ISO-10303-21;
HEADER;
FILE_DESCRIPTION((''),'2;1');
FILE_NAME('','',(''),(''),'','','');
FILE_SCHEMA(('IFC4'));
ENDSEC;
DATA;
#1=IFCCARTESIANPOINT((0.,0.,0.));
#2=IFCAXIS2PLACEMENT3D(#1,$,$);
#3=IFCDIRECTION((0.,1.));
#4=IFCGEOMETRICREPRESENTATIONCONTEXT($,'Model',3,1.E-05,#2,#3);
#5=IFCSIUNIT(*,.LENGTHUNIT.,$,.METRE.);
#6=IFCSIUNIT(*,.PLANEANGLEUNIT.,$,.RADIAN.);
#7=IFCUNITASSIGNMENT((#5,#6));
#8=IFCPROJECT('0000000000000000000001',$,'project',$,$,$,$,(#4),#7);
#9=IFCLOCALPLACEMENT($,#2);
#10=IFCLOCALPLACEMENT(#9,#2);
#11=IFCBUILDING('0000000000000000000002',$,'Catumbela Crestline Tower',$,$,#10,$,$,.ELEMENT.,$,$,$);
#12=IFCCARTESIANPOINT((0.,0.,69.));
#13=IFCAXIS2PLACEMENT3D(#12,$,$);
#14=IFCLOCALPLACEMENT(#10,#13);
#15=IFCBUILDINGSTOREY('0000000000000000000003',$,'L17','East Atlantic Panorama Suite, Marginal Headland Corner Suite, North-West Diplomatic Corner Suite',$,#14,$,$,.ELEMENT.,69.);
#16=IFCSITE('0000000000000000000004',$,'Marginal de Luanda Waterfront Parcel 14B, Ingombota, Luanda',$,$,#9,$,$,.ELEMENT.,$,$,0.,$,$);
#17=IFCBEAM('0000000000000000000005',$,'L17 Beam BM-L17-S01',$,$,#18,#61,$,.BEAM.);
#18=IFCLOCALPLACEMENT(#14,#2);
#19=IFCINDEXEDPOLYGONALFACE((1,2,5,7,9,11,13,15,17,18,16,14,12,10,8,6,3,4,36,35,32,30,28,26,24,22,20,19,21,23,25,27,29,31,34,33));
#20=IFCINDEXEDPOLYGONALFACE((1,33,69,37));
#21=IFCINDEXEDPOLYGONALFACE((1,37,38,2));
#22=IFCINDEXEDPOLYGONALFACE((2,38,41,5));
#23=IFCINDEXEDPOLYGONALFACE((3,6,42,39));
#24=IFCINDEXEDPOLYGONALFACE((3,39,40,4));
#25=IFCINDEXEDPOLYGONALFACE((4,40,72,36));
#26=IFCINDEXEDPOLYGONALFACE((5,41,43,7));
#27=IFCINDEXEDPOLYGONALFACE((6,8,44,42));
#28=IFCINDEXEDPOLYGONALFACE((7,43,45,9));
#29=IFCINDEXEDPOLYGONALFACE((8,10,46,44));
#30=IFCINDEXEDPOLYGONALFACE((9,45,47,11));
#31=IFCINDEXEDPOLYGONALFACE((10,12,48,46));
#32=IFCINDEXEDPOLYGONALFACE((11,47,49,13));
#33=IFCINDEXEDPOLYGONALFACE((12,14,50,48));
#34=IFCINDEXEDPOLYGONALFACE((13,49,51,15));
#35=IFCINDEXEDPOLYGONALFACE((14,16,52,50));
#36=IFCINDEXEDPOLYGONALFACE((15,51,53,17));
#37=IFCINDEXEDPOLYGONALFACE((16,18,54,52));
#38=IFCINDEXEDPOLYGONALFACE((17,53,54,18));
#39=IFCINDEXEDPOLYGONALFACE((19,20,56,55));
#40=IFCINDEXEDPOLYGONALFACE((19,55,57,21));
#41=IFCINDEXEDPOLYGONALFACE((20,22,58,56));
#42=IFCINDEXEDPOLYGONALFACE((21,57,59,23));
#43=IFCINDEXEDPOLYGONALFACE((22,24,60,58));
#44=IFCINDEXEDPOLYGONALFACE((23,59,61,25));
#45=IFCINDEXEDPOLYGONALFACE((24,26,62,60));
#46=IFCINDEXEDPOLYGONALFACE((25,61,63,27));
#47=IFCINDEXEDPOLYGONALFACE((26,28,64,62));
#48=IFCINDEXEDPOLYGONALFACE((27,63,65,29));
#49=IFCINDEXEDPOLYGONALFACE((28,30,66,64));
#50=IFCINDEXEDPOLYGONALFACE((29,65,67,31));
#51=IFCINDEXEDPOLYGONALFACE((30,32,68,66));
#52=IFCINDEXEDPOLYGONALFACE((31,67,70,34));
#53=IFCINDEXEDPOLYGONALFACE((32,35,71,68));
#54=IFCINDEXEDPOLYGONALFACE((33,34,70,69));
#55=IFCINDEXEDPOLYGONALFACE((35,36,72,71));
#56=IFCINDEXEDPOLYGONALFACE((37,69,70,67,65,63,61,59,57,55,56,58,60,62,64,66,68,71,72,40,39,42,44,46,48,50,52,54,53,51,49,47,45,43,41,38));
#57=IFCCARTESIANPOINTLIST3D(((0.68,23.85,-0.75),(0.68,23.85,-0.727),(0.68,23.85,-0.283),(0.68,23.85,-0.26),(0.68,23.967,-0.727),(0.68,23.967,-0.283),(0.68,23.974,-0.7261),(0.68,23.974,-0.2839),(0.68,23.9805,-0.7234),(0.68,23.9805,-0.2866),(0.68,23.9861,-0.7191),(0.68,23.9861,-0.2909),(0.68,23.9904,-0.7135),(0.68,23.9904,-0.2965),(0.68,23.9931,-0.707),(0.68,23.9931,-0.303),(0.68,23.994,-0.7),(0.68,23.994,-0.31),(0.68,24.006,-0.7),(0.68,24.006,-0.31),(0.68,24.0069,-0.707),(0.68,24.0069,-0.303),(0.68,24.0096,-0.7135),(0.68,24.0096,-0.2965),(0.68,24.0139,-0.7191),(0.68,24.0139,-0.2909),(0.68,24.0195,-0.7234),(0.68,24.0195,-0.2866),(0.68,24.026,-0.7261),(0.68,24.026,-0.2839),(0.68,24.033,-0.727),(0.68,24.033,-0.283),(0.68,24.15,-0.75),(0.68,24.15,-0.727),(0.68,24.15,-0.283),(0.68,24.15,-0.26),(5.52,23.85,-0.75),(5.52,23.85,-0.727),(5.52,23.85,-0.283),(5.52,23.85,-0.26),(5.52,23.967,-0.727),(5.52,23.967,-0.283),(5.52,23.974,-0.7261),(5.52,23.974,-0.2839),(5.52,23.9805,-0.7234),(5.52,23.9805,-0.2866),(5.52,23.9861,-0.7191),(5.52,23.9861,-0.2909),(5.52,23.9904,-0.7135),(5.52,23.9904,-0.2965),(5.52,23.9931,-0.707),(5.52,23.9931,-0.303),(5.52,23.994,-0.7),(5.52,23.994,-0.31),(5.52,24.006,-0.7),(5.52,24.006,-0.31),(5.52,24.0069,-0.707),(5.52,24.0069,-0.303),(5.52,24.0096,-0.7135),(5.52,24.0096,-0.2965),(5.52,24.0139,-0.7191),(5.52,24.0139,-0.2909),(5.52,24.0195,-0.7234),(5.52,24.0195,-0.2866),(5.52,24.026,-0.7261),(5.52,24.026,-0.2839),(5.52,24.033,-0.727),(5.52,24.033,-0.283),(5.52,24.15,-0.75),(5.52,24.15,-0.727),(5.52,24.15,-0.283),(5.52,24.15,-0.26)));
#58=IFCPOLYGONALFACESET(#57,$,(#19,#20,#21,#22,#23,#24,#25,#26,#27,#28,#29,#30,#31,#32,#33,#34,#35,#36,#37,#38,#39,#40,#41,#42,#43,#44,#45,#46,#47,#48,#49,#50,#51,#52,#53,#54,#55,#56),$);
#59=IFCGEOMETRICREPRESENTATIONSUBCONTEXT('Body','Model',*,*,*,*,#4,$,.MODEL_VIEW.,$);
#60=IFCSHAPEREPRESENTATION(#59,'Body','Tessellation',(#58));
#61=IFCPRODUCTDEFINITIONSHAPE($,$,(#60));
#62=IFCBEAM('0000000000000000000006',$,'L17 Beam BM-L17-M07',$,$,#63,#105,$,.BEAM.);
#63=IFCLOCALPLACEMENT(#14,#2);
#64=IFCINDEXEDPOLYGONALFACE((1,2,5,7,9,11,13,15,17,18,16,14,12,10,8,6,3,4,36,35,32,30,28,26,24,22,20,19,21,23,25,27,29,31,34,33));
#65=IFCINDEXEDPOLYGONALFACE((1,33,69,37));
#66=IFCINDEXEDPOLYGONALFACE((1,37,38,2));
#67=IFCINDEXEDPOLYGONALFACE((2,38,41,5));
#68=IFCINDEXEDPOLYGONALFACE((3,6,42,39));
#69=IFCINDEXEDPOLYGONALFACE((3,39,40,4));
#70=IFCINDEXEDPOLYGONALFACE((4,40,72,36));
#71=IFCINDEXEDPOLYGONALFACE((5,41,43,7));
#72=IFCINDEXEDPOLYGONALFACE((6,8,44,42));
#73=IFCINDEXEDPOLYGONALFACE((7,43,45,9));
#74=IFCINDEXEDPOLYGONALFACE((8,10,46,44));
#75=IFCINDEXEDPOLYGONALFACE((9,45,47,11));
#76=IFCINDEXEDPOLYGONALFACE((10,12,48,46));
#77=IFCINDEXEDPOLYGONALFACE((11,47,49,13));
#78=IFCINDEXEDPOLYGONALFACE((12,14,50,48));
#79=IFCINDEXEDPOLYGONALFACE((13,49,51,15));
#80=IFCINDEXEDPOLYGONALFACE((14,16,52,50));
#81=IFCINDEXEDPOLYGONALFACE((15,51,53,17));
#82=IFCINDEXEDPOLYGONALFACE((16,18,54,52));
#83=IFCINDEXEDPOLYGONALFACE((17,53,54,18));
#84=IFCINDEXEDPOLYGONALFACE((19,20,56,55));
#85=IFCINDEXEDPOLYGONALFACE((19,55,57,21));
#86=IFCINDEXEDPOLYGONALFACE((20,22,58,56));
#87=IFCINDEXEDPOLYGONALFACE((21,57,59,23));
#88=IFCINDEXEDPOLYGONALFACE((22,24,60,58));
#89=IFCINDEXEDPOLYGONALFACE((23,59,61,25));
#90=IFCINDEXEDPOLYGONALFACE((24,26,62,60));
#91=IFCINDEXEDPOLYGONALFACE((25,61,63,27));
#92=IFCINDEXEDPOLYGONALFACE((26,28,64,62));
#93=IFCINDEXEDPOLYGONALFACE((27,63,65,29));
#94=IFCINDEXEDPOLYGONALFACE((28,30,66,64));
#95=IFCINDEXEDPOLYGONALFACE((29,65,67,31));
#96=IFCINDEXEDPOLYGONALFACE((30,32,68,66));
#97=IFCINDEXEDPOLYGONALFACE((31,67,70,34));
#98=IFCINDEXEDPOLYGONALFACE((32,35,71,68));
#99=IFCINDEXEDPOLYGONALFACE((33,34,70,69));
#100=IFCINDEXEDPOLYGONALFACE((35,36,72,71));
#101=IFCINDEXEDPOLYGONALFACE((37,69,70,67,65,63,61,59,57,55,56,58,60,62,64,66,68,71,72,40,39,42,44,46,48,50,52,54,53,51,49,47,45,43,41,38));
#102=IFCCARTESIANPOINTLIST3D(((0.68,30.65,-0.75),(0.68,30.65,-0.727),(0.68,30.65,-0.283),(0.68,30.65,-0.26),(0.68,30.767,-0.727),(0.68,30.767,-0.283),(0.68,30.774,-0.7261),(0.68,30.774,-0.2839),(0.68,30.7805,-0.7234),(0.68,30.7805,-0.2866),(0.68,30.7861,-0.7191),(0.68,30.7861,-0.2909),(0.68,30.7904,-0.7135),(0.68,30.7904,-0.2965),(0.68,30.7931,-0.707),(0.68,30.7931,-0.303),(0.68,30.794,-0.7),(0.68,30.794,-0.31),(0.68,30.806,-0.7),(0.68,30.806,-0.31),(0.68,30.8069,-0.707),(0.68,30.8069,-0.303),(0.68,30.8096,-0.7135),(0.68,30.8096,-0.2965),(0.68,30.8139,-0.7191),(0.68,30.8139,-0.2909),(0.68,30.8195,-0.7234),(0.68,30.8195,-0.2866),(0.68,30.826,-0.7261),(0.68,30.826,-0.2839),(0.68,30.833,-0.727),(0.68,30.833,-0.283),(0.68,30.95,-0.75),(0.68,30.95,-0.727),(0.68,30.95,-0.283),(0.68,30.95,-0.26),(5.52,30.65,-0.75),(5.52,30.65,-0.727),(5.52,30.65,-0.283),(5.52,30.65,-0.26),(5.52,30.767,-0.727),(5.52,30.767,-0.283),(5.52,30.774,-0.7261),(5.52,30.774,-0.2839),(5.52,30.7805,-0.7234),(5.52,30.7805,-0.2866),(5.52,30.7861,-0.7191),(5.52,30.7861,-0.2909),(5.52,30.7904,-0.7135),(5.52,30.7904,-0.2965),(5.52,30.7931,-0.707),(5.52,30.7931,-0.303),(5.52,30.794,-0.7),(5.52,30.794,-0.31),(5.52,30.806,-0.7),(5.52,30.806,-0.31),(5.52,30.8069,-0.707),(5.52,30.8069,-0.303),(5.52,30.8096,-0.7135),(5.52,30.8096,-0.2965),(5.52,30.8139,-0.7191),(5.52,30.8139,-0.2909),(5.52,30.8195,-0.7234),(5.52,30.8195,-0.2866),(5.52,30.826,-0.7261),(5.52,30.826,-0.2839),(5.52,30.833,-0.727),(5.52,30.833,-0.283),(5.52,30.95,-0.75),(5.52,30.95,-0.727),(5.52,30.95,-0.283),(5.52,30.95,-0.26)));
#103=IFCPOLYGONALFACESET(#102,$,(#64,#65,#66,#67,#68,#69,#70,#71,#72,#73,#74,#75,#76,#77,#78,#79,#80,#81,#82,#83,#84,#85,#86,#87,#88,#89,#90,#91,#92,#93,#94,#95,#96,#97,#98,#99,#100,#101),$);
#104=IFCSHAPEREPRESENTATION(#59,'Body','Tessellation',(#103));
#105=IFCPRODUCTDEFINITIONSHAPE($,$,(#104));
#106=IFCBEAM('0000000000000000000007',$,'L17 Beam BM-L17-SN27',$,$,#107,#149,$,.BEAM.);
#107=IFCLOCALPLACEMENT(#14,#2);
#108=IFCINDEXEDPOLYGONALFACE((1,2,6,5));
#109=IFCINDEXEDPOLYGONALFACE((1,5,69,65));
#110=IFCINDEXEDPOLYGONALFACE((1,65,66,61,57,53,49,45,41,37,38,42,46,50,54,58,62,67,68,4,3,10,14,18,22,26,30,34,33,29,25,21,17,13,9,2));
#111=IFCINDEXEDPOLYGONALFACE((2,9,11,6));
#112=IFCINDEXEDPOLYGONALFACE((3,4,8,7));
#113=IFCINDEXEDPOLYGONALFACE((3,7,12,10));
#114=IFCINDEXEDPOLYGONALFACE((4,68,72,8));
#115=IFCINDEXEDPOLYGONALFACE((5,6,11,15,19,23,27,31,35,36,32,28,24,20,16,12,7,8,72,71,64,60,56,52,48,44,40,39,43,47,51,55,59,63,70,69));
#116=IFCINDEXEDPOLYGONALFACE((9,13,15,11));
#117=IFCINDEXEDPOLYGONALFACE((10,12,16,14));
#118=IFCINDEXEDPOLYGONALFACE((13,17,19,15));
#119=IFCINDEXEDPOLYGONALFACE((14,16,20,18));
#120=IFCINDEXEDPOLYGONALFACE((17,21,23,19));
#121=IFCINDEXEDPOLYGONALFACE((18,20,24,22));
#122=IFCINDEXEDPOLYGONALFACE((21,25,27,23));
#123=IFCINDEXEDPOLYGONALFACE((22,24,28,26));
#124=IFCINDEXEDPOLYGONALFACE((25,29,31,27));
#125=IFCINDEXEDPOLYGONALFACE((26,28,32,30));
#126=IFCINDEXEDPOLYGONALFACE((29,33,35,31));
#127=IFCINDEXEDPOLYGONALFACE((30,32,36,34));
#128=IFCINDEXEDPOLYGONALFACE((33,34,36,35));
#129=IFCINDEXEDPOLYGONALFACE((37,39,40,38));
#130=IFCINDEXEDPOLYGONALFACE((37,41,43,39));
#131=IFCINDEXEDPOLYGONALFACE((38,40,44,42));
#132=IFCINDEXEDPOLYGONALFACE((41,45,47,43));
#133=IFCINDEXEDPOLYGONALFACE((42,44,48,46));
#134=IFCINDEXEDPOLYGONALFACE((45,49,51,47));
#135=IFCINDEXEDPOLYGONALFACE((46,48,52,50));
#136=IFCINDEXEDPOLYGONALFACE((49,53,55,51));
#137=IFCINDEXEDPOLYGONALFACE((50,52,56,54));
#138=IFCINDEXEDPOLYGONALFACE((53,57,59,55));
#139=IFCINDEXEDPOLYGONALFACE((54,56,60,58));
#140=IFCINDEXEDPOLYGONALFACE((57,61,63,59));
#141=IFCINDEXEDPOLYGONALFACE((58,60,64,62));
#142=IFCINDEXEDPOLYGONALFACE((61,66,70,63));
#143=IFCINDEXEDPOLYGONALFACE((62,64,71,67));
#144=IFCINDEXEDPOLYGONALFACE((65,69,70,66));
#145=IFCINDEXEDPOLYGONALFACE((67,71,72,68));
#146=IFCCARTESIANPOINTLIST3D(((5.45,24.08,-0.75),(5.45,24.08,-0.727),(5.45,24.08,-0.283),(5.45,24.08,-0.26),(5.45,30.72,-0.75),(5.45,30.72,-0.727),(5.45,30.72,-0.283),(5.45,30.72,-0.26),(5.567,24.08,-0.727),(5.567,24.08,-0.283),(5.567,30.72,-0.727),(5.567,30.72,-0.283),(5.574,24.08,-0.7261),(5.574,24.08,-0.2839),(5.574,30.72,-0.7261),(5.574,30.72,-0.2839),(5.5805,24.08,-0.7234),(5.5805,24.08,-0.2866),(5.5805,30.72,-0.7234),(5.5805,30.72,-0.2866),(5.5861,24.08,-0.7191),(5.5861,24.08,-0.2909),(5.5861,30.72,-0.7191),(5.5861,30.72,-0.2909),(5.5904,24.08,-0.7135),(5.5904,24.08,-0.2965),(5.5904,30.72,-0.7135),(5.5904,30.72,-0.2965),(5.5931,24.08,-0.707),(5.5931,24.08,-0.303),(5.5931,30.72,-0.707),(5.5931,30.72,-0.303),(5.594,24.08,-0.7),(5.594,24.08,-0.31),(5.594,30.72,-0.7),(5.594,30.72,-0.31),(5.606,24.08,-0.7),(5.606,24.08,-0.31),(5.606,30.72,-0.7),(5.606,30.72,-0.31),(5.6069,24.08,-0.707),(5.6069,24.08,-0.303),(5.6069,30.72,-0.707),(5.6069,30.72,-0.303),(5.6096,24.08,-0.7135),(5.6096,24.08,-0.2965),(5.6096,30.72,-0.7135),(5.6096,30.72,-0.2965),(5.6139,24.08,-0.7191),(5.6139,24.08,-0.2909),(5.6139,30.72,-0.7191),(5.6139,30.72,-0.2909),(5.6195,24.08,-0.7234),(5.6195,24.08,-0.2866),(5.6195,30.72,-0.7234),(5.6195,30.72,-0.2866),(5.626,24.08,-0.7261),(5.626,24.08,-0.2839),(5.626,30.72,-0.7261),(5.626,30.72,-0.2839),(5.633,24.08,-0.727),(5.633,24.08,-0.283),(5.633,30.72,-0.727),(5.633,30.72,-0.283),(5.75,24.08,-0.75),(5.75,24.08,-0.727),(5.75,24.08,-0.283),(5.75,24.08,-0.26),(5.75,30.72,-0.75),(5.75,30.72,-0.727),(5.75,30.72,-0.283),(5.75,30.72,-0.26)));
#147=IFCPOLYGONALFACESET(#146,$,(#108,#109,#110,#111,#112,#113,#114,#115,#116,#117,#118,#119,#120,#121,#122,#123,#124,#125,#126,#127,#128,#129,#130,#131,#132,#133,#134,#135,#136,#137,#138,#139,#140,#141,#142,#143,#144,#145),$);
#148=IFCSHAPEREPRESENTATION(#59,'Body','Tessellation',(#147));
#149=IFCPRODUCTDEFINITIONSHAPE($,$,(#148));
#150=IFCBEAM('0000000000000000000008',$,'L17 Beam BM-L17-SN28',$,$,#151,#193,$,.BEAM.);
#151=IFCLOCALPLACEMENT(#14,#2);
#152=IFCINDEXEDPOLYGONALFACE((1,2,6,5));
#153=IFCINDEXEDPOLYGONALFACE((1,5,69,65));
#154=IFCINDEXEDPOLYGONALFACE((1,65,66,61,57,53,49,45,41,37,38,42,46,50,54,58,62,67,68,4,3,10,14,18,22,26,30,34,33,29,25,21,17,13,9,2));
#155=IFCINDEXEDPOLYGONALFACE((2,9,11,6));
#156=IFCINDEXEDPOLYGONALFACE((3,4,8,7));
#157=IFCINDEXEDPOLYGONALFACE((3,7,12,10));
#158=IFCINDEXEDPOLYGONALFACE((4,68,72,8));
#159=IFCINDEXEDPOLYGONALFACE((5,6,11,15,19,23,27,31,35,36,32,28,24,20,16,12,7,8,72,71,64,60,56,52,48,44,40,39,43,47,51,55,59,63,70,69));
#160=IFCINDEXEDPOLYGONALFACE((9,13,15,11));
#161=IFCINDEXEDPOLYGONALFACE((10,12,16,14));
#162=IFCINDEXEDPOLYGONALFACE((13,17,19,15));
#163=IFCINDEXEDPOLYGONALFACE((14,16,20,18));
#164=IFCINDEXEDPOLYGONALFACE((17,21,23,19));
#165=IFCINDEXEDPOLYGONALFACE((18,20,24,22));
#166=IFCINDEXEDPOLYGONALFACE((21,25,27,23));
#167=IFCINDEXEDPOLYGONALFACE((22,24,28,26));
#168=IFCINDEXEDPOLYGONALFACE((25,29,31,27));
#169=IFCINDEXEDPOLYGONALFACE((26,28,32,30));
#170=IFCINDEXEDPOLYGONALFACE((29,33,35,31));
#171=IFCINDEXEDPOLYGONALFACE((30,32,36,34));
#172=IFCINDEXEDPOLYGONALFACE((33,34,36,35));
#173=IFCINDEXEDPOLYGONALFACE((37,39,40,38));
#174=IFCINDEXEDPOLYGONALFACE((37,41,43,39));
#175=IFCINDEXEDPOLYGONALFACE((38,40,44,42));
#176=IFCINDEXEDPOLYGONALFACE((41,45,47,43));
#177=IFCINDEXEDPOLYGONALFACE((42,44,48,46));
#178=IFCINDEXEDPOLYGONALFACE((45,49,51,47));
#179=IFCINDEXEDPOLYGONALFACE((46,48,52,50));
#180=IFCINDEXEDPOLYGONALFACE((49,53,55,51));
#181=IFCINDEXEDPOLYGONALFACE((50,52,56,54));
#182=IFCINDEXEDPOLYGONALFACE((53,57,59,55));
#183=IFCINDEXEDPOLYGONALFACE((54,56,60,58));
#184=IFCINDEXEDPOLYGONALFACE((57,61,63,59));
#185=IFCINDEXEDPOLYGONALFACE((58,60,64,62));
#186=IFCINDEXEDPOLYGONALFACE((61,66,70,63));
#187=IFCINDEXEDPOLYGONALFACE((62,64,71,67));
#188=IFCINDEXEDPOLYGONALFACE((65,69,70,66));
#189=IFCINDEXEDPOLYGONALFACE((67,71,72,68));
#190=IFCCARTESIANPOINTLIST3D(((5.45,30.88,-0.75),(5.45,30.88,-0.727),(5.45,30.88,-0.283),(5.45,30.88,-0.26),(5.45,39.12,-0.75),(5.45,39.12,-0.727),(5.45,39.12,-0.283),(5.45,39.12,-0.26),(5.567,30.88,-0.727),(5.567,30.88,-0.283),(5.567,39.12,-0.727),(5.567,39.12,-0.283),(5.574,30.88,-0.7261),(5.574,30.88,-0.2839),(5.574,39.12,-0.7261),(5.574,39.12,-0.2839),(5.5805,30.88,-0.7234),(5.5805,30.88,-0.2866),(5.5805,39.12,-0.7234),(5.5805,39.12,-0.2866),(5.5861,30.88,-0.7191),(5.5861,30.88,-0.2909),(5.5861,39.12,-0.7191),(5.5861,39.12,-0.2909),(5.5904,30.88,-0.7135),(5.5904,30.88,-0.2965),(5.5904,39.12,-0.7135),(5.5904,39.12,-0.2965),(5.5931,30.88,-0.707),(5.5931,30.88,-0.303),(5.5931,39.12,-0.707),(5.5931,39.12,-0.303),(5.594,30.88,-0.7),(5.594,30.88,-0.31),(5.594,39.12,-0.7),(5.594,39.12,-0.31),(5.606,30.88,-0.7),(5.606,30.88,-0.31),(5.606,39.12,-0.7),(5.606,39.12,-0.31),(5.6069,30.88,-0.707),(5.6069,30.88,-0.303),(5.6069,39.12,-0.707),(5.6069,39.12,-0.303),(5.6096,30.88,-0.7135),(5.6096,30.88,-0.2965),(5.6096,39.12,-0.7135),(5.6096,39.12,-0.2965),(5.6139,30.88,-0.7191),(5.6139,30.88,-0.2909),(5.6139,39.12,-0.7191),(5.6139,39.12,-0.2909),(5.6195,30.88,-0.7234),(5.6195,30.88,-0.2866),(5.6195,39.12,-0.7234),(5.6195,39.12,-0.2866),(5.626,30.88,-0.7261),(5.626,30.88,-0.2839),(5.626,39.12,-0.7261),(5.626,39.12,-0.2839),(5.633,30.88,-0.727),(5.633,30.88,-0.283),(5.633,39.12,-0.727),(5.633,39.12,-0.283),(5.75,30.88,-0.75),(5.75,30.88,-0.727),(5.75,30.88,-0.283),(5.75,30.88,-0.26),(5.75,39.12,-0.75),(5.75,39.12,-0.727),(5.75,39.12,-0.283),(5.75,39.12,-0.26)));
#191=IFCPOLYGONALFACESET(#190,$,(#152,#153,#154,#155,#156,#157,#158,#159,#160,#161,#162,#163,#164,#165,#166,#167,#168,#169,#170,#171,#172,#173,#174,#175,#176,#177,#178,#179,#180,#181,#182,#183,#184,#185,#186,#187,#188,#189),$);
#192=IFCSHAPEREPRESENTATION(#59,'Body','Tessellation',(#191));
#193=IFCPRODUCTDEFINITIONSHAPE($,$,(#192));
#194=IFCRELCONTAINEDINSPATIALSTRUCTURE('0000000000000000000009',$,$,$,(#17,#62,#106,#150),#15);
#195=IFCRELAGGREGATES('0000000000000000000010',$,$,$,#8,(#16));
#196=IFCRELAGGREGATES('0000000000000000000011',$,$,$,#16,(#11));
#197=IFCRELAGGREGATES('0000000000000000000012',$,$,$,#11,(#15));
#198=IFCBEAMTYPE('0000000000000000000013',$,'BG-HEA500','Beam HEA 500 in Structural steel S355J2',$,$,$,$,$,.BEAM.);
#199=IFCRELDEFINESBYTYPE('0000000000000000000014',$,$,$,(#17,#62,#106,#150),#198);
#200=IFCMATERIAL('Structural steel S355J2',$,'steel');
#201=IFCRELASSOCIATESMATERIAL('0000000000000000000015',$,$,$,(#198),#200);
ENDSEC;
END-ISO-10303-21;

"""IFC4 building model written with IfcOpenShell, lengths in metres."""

from ifc_helpers import new_model, si_unit, direction, frame, origin, origin_2d, place, context, subcontext, project, spatial, i_section, extrude, material, material_profile, profile_set, type_object, element, save


model = new_model("IFC4")

# Units and contexts
model_context = context("Model", 3, precision=1e-05, world=origin(), true_north=direction((0.0, 1.0)))
body_context = subcontext(model_context, "Body", "Model", "MODEL_VIEW")
ifc_project = project(units=[si_unit("LENGTHUNIT", "METRE"), si_unit("PLANEANGLEUNIT", "RADIAN")], contexts=[model_context])

# Site, building, storey
site_placement = place(None, origin())
site = spatial("IfcSite", under=ifc_project, at=site_placement, Name="Marginal de Luanda Waterfront Parcel 14B, Ingombota, Luanda", CompositionType="ELEMENT", RefElevation=0.0)
building_placement = place(site_placement, origin())
building = spatial("IfcBuilding", under=site, at=building_placement, Name="Catumbela Crestline Tower", CompositionType="ELEMENT")
storey_placement = place(building_placement, frame((0.0, 0.0, 69.0)))
storey = spatial("IfcBuildingStorey", under=building, at=storey_placement, Name="L17", Description="East Atlantic Panorama Suite, Marginal Headland Corner Suite, North-West Diplomatic Corner Suite", CompositionType="ELEMENT", Elevation=69.0)

# Beams
ifc_material_1 = material(Name="Structural steel S355J2", Category="steel")
ifc_material_profile_1 = material_profile(ifc_material_1, i_section(OverallWidth=0.3, OverallDepth=0.49, WebThickness=0.012, FlangeThickness=0.023, FilletRadius=0.027, at=origin_2d()), Name="HEA 500")
ifc_profile_set_1 = profile_set([ifc_material_profile_1], Name="Structural steel S355J2")
beam_type_1 = type_object("IfcBeamType", Name="BG-HEA500", Description="Beam HEA 500 in Structural steel S355J2", PredefinedType="BEAM", material=ifc_profile_set_1)
for number, where, z_axis, x_axis, name in (
    (1, (0.68, 24.0, -0.505), (1.0, 0.0, 0.0), (0.0, 1.0, 0.0), "L17 Beam BM-L17-S01"),
    (2, (0.68, 30.8, -0.505), (1.0, 0.0, 0.0), (0.0, 1.0, 0.0), "L17 Beam BM-L17-M07"),
):
    element("IfcBeam", number, at=place(storey_placement, frame(where, z_axis=z_axis, x_axis=x_axis)), inside=storey, type_object=beam_type_1, Name=name, PredefinedType="BEAM", context=body_context, shape_type="SweptSolid", body=[
        extrude(i_section(OverallWidth=0.3, OverallDepth=0.49, WebThickness=0.012, FlangeThickness=0.023, FilletRadius=0.027, at=origin_2d()), origin(), (0.0, 0.0, 1.0), 4.84),
    ])
beam_1_placement = place(storey_placement, frame((5.6, 24.08, -0.505), z_axis=(0.0, 1.0, 0.0), x_axis=(-1.0, 0.0, 0.0)))
element("IfcBeam", 3, at=beam_1_placement, inside=storey, type_object=beam_type_1, Name="L17 Beam BM-L17-SN27", PredefinedType="BEAM", context=body_context, shape_type="SweptSolid", body=[
    extrude(i_section(OverallWidth=0.3, OverallDepth=0.49, WebThickness=0.012, FlangeThickness=0.023, FilletRadius=0.027, at=origin_2d()), origin(), (0.0, 0.0, 1.0), 6.64),
])
beam_2_placement = place(storey_placement, frame((5.6, 30.88, -0.505), z_axis=(0.0, 1.0, 0.0), x_axis=(-1.0, 0.0, 0.0)))
element("IfcBeam", 4, at=beam_2_placement, inside=storey, type_object=beam_type_1, Name="L17 Beam BM-L17-SN28", PredefinedType="BEAM", context=body_context, shape_type="SweptSolid", body=[
    extrude(i_section(OverallWidth=0.3, OverallDepth=0.49, WebThickness=0.012, FlangeThickness=0.023, FilletRadius=0.027, at=origin_2d()), origin(), (0.0, 0.0, 1.0), 8.24),
])

save(model, "model.ifc")
